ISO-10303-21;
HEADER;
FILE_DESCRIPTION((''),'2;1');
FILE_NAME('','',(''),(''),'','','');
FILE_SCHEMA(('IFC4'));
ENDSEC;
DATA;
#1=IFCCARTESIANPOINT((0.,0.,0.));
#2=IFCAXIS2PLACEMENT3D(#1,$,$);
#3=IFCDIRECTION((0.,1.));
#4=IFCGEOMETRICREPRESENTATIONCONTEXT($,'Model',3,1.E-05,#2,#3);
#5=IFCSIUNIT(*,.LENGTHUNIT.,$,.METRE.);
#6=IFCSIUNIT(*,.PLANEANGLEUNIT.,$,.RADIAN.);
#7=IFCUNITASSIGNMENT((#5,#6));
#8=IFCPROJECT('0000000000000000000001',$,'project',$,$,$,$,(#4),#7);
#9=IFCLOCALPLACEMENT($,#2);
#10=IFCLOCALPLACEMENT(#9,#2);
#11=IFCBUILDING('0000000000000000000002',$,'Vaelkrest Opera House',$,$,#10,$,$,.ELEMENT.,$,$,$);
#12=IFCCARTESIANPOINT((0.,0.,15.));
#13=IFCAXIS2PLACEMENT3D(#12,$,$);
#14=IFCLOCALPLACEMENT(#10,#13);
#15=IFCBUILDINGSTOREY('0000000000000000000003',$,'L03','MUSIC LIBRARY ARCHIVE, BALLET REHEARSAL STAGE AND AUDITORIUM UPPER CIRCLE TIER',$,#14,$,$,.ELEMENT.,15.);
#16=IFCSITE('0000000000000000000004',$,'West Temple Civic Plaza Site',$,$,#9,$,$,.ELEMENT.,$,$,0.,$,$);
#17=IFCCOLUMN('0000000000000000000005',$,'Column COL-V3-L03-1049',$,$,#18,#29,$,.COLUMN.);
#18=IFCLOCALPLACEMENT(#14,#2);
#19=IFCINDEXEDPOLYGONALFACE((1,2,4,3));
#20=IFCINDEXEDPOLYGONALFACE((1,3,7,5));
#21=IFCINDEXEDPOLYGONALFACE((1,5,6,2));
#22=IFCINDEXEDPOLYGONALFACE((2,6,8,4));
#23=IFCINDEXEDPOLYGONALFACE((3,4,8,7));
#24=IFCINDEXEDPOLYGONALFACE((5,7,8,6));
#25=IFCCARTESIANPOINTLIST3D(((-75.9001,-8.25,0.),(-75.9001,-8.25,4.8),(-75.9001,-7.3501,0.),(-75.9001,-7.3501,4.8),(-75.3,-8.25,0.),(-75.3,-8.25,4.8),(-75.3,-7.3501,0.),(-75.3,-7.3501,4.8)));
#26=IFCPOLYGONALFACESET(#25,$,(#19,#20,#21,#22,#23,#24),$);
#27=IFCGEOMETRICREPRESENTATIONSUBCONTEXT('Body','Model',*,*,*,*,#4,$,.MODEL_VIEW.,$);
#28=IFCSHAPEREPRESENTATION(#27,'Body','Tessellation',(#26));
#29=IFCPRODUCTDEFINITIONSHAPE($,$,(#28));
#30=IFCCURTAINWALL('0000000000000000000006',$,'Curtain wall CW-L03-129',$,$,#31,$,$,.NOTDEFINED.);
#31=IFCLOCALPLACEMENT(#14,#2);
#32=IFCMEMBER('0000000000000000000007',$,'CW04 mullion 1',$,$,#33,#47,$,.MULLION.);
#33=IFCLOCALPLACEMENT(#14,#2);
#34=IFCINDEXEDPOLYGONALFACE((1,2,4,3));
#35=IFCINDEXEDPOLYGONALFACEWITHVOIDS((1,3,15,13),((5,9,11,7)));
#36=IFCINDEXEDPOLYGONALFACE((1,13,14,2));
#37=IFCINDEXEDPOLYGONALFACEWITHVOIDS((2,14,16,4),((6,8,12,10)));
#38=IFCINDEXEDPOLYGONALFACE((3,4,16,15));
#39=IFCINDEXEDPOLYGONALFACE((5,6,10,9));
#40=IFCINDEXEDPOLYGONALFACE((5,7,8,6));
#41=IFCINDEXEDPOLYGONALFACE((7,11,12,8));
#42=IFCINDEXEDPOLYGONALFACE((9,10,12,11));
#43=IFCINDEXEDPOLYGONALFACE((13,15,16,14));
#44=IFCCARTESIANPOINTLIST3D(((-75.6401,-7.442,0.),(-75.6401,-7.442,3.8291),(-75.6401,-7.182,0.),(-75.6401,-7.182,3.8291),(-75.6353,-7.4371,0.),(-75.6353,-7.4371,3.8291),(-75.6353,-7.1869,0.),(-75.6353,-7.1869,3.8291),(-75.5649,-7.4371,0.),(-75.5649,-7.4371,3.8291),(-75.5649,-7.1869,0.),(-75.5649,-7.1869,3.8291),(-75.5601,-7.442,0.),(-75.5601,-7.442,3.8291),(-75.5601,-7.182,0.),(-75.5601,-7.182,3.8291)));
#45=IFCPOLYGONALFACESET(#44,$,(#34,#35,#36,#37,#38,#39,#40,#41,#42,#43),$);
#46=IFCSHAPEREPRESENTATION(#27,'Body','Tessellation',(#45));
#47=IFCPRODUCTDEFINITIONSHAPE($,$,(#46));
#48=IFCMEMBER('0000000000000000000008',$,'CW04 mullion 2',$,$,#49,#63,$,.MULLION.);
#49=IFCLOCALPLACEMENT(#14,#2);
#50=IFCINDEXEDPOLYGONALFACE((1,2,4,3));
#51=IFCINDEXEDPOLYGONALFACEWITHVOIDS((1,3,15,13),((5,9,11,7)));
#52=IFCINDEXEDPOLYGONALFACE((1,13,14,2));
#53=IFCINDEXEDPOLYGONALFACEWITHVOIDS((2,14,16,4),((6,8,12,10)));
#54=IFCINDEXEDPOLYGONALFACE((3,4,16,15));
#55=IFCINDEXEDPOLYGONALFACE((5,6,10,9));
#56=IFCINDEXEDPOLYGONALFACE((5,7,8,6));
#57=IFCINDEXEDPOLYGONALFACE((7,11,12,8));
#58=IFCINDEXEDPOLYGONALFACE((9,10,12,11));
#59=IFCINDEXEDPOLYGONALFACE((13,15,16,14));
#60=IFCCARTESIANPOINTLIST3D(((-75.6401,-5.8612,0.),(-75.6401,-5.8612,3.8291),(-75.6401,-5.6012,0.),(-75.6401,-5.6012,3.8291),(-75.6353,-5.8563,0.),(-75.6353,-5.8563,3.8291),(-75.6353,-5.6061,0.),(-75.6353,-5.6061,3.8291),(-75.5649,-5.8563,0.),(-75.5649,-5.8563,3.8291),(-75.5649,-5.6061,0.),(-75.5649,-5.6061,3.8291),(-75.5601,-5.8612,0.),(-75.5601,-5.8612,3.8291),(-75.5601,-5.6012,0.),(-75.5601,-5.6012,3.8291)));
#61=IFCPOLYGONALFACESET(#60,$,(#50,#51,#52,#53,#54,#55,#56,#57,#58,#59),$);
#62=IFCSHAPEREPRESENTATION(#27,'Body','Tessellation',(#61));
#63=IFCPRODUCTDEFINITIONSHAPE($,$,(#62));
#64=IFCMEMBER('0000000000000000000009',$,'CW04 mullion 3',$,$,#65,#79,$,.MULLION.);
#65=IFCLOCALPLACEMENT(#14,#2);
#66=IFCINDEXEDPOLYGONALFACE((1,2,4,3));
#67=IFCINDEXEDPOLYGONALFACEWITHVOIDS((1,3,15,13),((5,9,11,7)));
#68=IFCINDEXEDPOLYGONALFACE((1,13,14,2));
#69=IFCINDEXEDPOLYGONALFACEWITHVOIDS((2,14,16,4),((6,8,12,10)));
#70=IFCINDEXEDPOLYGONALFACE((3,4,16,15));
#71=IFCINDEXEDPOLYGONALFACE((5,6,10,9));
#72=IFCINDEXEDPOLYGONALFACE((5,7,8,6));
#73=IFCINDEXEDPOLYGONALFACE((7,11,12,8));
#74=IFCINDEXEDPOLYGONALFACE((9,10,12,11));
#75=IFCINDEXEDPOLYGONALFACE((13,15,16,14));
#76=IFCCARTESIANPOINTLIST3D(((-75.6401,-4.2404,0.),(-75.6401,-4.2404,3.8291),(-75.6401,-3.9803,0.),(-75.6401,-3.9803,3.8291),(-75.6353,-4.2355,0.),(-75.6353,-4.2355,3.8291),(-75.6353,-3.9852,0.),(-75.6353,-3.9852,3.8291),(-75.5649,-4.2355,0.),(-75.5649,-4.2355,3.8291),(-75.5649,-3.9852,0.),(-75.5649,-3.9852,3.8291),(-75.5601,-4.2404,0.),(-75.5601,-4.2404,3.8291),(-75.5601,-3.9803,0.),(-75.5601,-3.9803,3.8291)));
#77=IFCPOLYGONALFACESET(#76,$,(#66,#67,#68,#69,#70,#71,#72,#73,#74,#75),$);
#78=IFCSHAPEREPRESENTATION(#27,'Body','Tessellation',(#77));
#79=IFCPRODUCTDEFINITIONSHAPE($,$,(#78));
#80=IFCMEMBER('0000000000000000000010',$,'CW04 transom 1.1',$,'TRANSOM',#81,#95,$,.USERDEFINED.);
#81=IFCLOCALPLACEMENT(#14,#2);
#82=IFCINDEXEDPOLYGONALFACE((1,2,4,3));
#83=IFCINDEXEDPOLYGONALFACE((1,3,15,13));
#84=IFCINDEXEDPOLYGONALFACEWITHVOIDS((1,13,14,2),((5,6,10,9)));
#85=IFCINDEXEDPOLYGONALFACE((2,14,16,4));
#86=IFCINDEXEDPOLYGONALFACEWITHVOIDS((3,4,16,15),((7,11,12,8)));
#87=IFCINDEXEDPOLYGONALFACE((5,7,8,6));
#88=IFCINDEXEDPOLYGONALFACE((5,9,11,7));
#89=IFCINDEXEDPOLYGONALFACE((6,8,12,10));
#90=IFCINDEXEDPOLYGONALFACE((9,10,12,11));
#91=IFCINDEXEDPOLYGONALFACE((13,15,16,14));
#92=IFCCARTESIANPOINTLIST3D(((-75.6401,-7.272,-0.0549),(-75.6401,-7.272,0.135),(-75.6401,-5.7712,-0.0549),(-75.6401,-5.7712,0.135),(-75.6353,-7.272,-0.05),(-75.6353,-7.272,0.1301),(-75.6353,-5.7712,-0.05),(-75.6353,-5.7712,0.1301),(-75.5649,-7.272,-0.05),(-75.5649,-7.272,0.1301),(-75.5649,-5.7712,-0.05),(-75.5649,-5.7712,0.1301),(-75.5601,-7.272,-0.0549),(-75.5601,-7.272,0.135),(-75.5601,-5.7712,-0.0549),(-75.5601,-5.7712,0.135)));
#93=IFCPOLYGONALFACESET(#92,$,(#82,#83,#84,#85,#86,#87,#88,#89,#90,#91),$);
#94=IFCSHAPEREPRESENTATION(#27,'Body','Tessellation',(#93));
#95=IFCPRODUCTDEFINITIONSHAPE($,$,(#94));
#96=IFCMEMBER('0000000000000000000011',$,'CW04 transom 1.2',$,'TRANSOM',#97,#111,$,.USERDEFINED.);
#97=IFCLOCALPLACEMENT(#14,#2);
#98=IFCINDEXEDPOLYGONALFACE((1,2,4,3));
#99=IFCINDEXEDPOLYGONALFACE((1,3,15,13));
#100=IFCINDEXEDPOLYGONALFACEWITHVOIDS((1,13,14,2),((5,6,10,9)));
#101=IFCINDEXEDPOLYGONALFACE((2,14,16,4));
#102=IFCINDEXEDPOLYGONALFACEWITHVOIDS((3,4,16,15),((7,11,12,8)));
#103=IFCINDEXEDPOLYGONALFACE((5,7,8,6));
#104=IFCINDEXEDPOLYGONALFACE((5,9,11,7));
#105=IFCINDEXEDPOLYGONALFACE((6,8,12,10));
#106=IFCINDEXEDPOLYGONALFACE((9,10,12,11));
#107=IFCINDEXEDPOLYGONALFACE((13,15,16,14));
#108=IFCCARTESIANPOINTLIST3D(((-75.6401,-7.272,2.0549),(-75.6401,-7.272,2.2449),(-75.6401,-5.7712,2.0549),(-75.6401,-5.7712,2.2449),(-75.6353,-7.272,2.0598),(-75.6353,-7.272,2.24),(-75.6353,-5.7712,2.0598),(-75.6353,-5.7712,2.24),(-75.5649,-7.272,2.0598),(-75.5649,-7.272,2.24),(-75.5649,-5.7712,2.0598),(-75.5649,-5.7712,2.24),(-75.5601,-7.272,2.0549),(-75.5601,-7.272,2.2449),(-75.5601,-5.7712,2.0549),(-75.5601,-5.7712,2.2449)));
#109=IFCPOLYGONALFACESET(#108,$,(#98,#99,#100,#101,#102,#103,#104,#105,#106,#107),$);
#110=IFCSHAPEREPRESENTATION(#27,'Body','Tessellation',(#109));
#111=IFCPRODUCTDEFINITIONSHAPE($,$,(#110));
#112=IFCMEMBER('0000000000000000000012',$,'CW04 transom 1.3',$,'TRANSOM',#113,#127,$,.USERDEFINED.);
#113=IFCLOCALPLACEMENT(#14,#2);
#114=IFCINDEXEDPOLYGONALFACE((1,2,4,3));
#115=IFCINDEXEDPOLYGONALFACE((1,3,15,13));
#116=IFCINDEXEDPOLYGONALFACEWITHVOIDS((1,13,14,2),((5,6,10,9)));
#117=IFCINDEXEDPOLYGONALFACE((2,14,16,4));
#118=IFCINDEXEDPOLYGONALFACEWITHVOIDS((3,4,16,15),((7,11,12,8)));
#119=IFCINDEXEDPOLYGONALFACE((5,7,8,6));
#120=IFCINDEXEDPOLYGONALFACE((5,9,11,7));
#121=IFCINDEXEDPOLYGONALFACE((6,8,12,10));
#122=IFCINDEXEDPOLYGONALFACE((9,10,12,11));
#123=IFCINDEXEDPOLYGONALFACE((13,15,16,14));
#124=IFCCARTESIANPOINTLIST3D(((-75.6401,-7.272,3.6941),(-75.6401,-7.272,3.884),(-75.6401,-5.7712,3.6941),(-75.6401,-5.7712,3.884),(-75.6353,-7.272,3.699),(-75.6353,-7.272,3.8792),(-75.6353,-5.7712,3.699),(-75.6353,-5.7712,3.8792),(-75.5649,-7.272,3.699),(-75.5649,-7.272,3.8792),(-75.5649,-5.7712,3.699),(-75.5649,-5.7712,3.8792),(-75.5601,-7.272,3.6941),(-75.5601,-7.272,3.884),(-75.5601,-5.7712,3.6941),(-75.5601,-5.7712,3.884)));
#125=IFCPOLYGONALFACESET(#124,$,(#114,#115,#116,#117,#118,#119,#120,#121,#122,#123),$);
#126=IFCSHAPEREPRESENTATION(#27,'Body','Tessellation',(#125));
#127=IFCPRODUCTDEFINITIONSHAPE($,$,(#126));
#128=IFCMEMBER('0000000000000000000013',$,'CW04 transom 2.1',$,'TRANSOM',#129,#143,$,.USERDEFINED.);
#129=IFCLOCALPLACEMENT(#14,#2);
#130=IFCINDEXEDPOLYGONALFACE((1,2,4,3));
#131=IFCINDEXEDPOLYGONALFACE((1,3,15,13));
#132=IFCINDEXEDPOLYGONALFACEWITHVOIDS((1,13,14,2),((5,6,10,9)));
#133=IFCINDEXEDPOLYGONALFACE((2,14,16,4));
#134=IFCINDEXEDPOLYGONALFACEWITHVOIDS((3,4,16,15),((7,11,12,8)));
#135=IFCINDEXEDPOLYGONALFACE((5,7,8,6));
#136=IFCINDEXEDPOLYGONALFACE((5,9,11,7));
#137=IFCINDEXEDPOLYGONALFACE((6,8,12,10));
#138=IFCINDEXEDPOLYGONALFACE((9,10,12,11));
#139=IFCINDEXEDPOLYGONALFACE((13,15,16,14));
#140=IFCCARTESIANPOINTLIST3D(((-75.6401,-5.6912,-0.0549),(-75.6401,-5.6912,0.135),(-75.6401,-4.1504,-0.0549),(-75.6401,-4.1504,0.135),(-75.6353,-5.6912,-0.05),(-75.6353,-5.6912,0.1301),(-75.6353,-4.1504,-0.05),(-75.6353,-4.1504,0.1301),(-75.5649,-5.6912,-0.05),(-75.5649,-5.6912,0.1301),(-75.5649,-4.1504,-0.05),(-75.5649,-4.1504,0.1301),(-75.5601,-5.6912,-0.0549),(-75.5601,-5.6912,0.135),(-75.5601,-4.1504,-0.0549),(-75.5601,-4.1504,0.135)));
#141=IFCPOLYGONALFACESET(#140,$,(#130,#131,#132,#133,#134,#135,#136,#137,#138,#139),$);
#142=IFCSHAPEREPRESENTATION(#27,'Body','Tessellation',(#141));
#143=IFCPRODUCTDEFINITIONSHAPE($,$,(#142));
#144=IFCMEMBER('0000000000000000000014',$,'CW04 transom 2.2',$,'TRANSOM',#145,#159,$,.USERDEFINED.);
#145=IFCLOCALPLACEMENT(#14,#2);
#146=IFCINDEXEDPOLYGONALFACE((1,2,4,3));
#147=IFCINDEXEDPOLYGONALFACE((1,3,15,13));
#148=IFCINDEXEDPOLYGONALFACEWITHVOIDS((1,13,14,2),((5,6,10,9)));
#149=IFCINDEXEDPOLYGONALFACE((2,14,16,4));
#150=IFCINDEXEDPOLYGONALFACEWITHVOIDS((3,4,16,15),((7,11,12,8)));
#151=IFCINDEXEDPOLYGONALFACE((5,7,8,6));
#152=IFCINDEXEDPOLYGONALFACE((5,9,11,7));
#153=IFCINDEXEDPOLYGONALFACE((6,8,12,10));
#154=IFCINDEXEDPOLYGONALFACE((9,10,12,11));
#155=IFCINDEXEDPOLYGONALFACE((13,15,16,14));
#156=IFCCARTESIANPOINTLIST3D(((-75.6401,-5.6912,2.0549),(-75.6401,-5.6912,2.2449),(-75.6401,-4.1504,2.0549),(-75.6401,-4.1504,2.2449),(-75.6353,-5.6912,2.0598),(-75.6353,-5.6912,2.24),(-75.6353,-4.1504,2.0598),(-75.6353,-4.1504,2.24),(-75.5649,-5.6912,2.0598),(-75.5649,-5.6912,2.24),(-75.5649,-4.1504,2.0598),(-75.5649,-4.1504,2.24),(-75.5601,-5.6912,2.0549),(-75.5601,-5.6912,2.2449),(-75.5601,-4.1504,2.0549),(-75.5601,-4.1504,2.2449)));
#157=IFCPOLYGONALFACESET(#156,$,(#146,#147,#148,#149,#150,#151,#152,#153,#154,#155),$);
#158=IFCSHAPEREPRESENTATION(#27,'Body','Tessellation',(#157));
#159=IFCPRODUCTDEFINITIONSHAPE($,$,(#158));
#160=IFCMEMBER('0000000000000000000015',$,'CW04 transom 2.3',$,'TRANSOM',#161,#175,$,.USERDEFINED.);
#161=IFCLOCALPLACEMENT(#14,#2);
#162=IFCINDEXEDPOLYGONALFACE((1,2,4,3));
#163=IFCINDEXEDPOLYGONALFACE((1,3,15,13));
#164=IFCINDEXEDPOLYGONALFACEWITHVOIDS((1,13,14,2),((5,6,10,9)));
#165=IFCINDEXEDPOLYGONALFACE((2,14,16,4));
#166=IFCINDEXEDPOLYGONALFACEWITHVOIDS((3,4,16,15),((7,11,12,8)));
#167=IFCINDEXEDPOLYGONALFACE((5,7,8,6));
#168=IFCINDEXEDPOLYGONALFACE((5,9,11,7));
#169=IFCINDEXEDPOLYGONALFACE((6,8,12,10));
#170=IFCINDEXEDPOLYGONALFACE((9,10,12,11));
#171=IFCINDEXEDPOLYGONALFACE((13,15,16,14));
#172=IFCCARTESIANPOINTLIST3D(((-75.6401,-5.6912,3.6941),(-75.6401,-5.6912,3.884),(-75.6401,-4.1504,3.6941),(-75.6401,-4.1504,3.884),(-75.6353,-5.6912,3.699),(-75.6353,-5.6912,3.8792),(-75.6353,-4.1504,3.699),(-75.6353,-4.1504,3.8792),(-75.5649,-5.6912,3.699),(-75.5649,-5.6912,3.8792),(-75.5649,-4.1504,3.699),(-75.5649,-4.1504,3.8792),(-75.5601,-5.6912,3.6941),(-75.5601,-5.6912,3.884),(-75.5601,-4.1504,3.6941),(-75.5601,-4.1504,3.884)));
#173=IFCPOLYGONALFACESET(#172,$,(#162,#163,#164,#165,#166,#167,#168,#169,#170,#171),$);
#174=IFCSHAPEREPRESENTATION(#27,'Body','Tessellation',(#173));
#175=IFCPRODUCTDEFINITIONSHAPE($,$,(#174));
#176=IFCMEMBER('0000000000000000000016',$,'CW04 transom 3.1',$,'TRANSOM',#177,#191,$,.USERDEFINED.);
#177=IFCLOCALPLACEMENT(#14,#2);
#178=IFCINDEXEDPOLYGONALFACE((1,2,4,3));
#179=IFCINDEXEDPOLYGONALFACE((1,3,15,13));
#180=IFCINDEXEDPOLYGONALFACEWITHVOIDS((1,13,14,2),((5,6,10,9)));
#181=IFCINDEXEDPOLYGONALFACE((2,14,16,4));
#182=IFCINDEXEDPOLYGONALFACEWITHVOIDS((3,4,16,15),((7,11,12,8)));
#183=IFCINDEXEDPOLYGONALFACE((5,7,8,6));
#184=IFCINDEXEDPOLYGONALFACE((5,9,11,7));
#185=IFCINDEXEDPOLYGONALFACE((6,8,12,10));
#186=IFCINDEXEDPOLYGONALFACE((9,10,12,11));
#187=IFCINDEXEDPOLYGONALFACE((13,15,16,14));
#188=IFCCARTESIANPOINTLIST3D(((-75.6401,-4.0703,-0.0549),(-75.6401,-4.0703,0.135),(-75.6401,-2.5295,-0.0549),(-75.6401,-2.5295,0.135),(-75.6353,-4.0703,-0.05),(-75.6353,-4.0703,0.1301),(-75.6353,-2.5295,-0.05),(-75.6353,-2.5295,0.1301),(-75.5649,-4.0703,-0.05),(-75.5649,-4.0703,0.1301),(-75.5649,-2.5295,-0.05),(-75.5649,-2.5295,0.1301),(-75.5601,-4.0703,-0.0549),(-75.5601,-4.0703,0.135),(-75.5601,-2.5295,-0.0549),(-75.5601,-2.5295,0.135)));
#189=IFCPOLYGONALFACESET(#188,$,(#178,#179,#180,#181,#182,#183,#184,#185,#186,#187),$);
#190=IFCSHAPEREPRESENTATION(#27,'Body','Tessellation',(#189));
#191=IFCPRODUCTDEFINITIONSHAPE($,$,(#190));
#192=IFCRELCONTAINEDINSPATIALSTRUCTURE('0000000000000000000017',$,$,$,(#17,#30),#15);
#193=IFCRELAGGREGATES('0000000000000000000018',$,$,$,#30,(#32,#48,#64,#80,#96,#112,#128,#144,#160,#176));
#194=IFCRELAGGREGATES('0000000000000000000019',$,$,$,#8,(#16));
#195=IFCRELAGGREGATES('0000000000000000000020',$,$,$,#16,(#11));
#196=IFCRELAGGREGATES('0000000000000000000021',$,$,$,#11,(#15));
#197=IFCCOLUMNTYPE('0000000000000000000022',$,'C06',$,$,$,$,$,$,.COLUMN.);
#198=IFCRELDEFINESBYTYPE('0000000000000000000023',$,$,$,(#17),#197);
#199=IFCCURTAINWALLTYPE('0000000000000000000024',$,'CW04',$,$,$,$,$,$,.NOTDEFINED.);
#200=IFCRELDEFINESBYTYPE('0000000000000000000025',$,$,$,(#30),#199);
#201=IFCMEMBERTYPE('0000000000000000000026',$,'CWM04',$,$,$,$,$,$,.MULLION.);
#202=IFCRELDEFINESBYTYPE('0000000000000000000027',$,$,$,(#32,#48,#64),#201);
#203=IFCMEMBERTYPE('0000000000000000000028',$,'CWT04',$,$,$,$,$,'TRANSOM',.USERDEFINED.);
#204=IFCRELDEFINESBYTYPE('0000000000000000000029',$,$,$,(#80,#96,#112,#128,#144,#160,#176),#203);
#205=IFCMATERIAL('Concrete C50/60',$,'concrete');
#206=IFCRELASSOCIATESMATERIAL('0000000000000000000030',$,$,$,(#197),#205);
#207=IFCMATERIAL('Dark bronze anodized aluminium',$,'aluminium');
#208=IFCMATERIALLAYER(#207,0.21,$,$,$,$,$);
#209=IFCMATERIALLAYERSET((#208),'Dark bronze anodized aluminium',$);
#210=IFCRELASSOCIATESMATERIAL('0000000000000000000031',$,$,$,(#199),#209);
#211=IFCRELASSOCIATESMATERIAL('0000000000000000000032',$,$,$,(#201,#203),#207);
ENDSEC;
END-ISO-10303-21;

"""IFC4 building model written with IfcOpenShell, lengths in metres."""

from ifc_helpers import new_model, si_unit, direction, frame, origin, origin_2d, place, context, subcontext, project, spatial, rectangle, hollow_rectangle, extrude, material, layer, layer_set, material_profile, profile_set, type_object, element, aggregate, save


model = new_model("IFC4")

# Units and contexts
model_context = context("Model", 3, precision=1e-05, world=origin(), true_north=direction((0.0, 1.0)))
body_context = subcontext(model_context, "Body", "Model", "MODEL_VIEW")
ifc_project = project(units=[si_unit("LENGTHUNIT", "METRE"), si_unit("PLANEANGLEUNIT", "RADIAN")], contexts=[model_context])

# Site, building, storey
site_placement = place(None, origin())
site = spatial("IfcSite", under=ifc_project, at=site_placement, Name="West Temple Civic Plaza Site", CompositionType="ELEMENT", RefElevation=0.0)
building_placement = place(site_placement, origin())
building = spatial("IfcBuilding", under=site, at=building_placement, Name="Vaelkrest Opera House", CompositionType="ELEMENT")
storey_placement = place(building_placement, frame((0.0, 0.0, 15.0)))
storey = spatial("IfcBuildingStorey", under=building, at=storey_placement, Name="L03", Description="MUSIC LIBRARY ARCHIVE, BALLET REHEARSAL STAGE AND AUDITORIUM UPPER CIRCLE TIER", CompositionType="ELEMENT", Elevation=15.0)

# Column
ifc_material_1 = material(Name="Concrete C50/60", Category="concrete")
ifc_material_profile_1 = material_profile(ifc_material_1, rectangle(XDim=0.6001, YDim=0.8999, at=origin_2d()), Name="RC600X900")
ifc_profile_set_1 = profile_set([ifc_material_profile_1], Name="Concrete C50/60")
column_type = type_object("IfcColumnType", Name="C06", PredefinedType="COLUMN", material=ifc_profile_set_1)
column_placement = place(storey_placement, frame((-75.6001, -7.8, 0.0), z_axis=(0.0, 0.0, 1.0), x_axis=(1.0, 0.0, 0.0)))
element("IfcColumn", 1, at=column_placement, inside=storey, type_object=column_type, Name="Column COL-V3-L03-1049", PredefinedType="COLUMN", context=body_context, shape_type="SweptSolid", body=[
    extrude(rectangle(XDim=0.6001, YDim=0.8999, at=origin_2d()), origin(), (0.0, 0.0, 1.0), 4.8),
])

# Curtain wall, members
ifc_material_2 = material(Name="Dark bronze anodized aluminium", Category="aluminium")
ifc_layer_1 = layer(ifc_material_2, 0.21)
ifc_layer_set_1 = layer_set([ifc_layer_1], Name="Dark bronze anodized aluminium")
curtain_wall_type = type_object("IfcCurtainWallType", Name="CW04", PredefinedType="NOTDEFINED", material=ifc_layer_set_1)
curtain_wall_placement = place(storey_placement, origin())
curtain_wall = element("IfcCurtainWall", 2, at=curtain_wall_placement, inside=storey, type_object=curtain_wall_type, Name="Curtain wall CW-L03-129", PredefinedType="NOTDEFINED")
ifc_material_profile_2 = material_profile(ifc_material_2, hollow_rectangle(XDim=0.0801, YDim=0.26, WallThickness=0.0049, at=origin_2d()), Name="CWM80X260")
ifc_profile_set_2 = profile_set([ifc_material_profile_2], Name="Dark bronze anodized aluminium")
member_type_1 = type_object("IfcMemberType", Name="CWM04", PredefinedType="MULLION", material=ifc_profile_set_2)
member_1_placement = place(storey_placement, frame((-75.6001, -7.312, 0.0), z_axis=(0.0, 0.0, 1.0), x_axis=(-1.0, 0.0, 0.0)))
member_1 = element("IfcMember", 3, at=member_1_placement, type_object=member_type_1, Name="CW04 mullion 1", PredefinedType="MULLION", context=body_context, shape_type="SweptSolid", body=[
    extrude(hollow_rectangle(XDim=0.0801, YDim=0.26, WallThickness=0.0049, at=origin_2d()), origin(), (0.0, 0.0, 1.0), 3.8291),
])
member_2_placement = place(storey_placement, frame((-75.6001, -5.7312, 0.0), z_axis=(0.0, 0.0, 1.0), x_axis=(-1.0, 0.0, 0.0)))
member_2 = element("IfcMember", 4, at=member_2_placement, type_object=member_type_1, Name="CW04 mullion 2", PredefinedType="MULLION", context=body_context, shape_type="SweptSolid", body=[
    extrude(hollow_rectangle(XDim=0.0801, YDim=0.26, WallThickness=0.0049, at=origin_2d()), origin(), (0.0, 0.0, 1.0), 3.8291),
])
member_3_placement = place(storey_placement, frame((-75.6001, -4.1104, 0.0), z_axis=(0.0, 0.0, 1.0), x_axis=(-1.0, 0.0, 0.0)))
member_3 = element("IfcMember", 5, at=member_3_placement, type_object=member_type_1, Name="CW04 mullion 3", PredefinedType="MULLION", context=body_context, shape_type="SweptSolid", body=[
    extrude(hollow_rectangle(XDim=0.0801, YDim=0.26, WallThickness=0.0049, at=origin_2d()), origin(), (0.0, 0.0, 1.0), 3.8291),
])
ifc_material_profile_3 = material_profile(ifc_material_2, hollow_rectangle(XDim=0.0801, YDim=0.1899, WallThickness=0.0049, at=origin_2d()), Name="CWT80X190")
ifc_profile_set_3 = profile_set([ifc_material_profile_3], Name="Dark bronze anodized aluminium")
member_type_2 = type_object("IfcMemberType", Name="CWT04", ElementType="TRANSOM", PredefinedType="USERDEFINED", material=ifc_profile_set_3)
member_4_placement = place(storey_placement, frame((-75.6001, -7.272, 0.04), z_axis=(0.0, 1.0, 0.0), x_axis=(-1.0, 0.0, 0.0)))
member_4 = element("IfcMember", 6, at=member_4_placement, type_object=member_type_2, Name="CW04 transom 1.1", ObjectType="TRANSOM", PredefinedType="USERDEFINED", context=body_context, shape_type="SweptSolid", body=[
    extrude(hollow_rectangle(XDim=0.0801, YDim=0.1899, WallThickness=0.0049, at=origin_2d()), origin(), (0.0, 0.0, 1.0), 1.5007),
])
member_5_placement = place(storey_placement, frame((-75.6001, -7.272, 2.1499), z_axis=(0.0, 1.0, 0.0), x_axis=(-1.0, 0.0, 0.0)))
member_5 = element("IfcMember", 7, at=member_5_placement, type_object=member_type_2, Name="CW04 transom 1.2", ObjectType="TRANSOM", PredefinedType="USERDEFINED", context=body_context, shape_type="SweptSolid", body=[
    extrude(hollow_rectangle(XDim=0.0801, YDim=0.1899, WallThickness=0.0049, at=origin_2d()), origin(), (0.0, 0.0, 1.0), 1.5007),
])
member_6_placement = place(storey_placement, frame((-75.6001, -7.272, 3.7891), z_axis=(0.0, 1.0, 0.0), x_axis=(-1.0, 0.0, 0.0)))
member_6 = element("IfcMember", 8, at=member_6_placement, type_object=member_type_2, Name="CW04 transom 1.3", ObjectType="TRANSOM", PredefinedType="USERDEFINED", context=body_context, shape_type="SweptSolid", body=[
    extrude(hollow_rectangle(XDim=0.0801, YDim=0.1899, WallThickness=0.0049, at=origin_2d()), origin(), (0.0, 0.0, 1.0), 1.5007),
])
member_7_placement = place(storey_placement, frame((-75.6001, -5.6912, 0.04), z_axis=(0.0, 1.0, 0.0), x_axis=(-1.0, 0.0, 0.0)))
member_7 = element("IfcMember", 9, at=member_7_placement, type_object=member_type_2, Name="CW04 transom 2.1", ObjectType="TRANSOM", PredefinedType="USERDEFINED", context=body_context, shape_type="SweptSolid", body=[
    extrude(hollow_rectangle(XDim=0.0801, YDim=0.1899, WallThickness=0.0049, at=origin_2d()), origin(), (0.0, 0.0, 1.0), 1.5408),
])
member_8_placement = place(storey_placement, frame((-75.6001, -5.6912, 2.1499), z_axis=(0.0, 1.0, 0.0), x_axis=(-1.0, 0.0, 0.0)))
member_8 = element("IfcMember", 10, at=member_8_placement, type_object=member_type_2, Name="CW04 transom 2.2", ObjectType="TRANSOM", PredefinedType="USERDEFINED", context=body_context, shape_type="SweptSolid", body=[
    extrude(hollow_rectangle(XDim=0.0801, YDim=0.1899, WallThickness=0.0049, at=origin_2d()), origin(), (0.0, 0.0, 1.0), 1.5408),
])
member_9_placement = place(storey_placement, frame((-75.6001, -5.6912, 3.7891), z_axis=(0.0, 1.0, 0.0), x_axis=(-1.0, 0.0, 0.0)))
member_9 = element("IfcMember", 11, at=member_9_placement, type_object=member_type_2, Name="CW04 transom 2.3", ObjectType="TRANSOM", PredefinedType="USERDEFINED", context=body_context, shape_type="SweptSolid", body=[
    extrude(hollow_rectangle(XDim=0.0801, YDim=0.1899, WallThickness=0.0049, at=origin_2d()), origin(), (0.0, 0.0, 1.0), 1.5408),
])
member_10_placement = place(storey_placement, frame((-75.6001, -4.0703, 0.04), z_axis=(0.0, 1.0, 0.0), x_axis=(-1.0, 0.0, 0.0)))
member_10 = element("IfcMember", 12, at=member_10_placement, type_object=member_type_2, Name="CW04 transom 3.1", ObjectType="TRANSOM", PredefinedType="USERDEFINED", context=body_context, shape_type="SweptSolid", body=[
    extrude(hollow_rectangle(XDim=0.0801, YDim=0.1899, WallThickness=0.0049, at=origin_2d()), origin(), (0.0, 0.0, 1.0), 1.5408),
])

aggregate(curtain_wall, [member_1, member_2, member_3, member_4, member_5, member_6, member_7, member_8, member_9, member_10])

save(model, "model.ifc")
